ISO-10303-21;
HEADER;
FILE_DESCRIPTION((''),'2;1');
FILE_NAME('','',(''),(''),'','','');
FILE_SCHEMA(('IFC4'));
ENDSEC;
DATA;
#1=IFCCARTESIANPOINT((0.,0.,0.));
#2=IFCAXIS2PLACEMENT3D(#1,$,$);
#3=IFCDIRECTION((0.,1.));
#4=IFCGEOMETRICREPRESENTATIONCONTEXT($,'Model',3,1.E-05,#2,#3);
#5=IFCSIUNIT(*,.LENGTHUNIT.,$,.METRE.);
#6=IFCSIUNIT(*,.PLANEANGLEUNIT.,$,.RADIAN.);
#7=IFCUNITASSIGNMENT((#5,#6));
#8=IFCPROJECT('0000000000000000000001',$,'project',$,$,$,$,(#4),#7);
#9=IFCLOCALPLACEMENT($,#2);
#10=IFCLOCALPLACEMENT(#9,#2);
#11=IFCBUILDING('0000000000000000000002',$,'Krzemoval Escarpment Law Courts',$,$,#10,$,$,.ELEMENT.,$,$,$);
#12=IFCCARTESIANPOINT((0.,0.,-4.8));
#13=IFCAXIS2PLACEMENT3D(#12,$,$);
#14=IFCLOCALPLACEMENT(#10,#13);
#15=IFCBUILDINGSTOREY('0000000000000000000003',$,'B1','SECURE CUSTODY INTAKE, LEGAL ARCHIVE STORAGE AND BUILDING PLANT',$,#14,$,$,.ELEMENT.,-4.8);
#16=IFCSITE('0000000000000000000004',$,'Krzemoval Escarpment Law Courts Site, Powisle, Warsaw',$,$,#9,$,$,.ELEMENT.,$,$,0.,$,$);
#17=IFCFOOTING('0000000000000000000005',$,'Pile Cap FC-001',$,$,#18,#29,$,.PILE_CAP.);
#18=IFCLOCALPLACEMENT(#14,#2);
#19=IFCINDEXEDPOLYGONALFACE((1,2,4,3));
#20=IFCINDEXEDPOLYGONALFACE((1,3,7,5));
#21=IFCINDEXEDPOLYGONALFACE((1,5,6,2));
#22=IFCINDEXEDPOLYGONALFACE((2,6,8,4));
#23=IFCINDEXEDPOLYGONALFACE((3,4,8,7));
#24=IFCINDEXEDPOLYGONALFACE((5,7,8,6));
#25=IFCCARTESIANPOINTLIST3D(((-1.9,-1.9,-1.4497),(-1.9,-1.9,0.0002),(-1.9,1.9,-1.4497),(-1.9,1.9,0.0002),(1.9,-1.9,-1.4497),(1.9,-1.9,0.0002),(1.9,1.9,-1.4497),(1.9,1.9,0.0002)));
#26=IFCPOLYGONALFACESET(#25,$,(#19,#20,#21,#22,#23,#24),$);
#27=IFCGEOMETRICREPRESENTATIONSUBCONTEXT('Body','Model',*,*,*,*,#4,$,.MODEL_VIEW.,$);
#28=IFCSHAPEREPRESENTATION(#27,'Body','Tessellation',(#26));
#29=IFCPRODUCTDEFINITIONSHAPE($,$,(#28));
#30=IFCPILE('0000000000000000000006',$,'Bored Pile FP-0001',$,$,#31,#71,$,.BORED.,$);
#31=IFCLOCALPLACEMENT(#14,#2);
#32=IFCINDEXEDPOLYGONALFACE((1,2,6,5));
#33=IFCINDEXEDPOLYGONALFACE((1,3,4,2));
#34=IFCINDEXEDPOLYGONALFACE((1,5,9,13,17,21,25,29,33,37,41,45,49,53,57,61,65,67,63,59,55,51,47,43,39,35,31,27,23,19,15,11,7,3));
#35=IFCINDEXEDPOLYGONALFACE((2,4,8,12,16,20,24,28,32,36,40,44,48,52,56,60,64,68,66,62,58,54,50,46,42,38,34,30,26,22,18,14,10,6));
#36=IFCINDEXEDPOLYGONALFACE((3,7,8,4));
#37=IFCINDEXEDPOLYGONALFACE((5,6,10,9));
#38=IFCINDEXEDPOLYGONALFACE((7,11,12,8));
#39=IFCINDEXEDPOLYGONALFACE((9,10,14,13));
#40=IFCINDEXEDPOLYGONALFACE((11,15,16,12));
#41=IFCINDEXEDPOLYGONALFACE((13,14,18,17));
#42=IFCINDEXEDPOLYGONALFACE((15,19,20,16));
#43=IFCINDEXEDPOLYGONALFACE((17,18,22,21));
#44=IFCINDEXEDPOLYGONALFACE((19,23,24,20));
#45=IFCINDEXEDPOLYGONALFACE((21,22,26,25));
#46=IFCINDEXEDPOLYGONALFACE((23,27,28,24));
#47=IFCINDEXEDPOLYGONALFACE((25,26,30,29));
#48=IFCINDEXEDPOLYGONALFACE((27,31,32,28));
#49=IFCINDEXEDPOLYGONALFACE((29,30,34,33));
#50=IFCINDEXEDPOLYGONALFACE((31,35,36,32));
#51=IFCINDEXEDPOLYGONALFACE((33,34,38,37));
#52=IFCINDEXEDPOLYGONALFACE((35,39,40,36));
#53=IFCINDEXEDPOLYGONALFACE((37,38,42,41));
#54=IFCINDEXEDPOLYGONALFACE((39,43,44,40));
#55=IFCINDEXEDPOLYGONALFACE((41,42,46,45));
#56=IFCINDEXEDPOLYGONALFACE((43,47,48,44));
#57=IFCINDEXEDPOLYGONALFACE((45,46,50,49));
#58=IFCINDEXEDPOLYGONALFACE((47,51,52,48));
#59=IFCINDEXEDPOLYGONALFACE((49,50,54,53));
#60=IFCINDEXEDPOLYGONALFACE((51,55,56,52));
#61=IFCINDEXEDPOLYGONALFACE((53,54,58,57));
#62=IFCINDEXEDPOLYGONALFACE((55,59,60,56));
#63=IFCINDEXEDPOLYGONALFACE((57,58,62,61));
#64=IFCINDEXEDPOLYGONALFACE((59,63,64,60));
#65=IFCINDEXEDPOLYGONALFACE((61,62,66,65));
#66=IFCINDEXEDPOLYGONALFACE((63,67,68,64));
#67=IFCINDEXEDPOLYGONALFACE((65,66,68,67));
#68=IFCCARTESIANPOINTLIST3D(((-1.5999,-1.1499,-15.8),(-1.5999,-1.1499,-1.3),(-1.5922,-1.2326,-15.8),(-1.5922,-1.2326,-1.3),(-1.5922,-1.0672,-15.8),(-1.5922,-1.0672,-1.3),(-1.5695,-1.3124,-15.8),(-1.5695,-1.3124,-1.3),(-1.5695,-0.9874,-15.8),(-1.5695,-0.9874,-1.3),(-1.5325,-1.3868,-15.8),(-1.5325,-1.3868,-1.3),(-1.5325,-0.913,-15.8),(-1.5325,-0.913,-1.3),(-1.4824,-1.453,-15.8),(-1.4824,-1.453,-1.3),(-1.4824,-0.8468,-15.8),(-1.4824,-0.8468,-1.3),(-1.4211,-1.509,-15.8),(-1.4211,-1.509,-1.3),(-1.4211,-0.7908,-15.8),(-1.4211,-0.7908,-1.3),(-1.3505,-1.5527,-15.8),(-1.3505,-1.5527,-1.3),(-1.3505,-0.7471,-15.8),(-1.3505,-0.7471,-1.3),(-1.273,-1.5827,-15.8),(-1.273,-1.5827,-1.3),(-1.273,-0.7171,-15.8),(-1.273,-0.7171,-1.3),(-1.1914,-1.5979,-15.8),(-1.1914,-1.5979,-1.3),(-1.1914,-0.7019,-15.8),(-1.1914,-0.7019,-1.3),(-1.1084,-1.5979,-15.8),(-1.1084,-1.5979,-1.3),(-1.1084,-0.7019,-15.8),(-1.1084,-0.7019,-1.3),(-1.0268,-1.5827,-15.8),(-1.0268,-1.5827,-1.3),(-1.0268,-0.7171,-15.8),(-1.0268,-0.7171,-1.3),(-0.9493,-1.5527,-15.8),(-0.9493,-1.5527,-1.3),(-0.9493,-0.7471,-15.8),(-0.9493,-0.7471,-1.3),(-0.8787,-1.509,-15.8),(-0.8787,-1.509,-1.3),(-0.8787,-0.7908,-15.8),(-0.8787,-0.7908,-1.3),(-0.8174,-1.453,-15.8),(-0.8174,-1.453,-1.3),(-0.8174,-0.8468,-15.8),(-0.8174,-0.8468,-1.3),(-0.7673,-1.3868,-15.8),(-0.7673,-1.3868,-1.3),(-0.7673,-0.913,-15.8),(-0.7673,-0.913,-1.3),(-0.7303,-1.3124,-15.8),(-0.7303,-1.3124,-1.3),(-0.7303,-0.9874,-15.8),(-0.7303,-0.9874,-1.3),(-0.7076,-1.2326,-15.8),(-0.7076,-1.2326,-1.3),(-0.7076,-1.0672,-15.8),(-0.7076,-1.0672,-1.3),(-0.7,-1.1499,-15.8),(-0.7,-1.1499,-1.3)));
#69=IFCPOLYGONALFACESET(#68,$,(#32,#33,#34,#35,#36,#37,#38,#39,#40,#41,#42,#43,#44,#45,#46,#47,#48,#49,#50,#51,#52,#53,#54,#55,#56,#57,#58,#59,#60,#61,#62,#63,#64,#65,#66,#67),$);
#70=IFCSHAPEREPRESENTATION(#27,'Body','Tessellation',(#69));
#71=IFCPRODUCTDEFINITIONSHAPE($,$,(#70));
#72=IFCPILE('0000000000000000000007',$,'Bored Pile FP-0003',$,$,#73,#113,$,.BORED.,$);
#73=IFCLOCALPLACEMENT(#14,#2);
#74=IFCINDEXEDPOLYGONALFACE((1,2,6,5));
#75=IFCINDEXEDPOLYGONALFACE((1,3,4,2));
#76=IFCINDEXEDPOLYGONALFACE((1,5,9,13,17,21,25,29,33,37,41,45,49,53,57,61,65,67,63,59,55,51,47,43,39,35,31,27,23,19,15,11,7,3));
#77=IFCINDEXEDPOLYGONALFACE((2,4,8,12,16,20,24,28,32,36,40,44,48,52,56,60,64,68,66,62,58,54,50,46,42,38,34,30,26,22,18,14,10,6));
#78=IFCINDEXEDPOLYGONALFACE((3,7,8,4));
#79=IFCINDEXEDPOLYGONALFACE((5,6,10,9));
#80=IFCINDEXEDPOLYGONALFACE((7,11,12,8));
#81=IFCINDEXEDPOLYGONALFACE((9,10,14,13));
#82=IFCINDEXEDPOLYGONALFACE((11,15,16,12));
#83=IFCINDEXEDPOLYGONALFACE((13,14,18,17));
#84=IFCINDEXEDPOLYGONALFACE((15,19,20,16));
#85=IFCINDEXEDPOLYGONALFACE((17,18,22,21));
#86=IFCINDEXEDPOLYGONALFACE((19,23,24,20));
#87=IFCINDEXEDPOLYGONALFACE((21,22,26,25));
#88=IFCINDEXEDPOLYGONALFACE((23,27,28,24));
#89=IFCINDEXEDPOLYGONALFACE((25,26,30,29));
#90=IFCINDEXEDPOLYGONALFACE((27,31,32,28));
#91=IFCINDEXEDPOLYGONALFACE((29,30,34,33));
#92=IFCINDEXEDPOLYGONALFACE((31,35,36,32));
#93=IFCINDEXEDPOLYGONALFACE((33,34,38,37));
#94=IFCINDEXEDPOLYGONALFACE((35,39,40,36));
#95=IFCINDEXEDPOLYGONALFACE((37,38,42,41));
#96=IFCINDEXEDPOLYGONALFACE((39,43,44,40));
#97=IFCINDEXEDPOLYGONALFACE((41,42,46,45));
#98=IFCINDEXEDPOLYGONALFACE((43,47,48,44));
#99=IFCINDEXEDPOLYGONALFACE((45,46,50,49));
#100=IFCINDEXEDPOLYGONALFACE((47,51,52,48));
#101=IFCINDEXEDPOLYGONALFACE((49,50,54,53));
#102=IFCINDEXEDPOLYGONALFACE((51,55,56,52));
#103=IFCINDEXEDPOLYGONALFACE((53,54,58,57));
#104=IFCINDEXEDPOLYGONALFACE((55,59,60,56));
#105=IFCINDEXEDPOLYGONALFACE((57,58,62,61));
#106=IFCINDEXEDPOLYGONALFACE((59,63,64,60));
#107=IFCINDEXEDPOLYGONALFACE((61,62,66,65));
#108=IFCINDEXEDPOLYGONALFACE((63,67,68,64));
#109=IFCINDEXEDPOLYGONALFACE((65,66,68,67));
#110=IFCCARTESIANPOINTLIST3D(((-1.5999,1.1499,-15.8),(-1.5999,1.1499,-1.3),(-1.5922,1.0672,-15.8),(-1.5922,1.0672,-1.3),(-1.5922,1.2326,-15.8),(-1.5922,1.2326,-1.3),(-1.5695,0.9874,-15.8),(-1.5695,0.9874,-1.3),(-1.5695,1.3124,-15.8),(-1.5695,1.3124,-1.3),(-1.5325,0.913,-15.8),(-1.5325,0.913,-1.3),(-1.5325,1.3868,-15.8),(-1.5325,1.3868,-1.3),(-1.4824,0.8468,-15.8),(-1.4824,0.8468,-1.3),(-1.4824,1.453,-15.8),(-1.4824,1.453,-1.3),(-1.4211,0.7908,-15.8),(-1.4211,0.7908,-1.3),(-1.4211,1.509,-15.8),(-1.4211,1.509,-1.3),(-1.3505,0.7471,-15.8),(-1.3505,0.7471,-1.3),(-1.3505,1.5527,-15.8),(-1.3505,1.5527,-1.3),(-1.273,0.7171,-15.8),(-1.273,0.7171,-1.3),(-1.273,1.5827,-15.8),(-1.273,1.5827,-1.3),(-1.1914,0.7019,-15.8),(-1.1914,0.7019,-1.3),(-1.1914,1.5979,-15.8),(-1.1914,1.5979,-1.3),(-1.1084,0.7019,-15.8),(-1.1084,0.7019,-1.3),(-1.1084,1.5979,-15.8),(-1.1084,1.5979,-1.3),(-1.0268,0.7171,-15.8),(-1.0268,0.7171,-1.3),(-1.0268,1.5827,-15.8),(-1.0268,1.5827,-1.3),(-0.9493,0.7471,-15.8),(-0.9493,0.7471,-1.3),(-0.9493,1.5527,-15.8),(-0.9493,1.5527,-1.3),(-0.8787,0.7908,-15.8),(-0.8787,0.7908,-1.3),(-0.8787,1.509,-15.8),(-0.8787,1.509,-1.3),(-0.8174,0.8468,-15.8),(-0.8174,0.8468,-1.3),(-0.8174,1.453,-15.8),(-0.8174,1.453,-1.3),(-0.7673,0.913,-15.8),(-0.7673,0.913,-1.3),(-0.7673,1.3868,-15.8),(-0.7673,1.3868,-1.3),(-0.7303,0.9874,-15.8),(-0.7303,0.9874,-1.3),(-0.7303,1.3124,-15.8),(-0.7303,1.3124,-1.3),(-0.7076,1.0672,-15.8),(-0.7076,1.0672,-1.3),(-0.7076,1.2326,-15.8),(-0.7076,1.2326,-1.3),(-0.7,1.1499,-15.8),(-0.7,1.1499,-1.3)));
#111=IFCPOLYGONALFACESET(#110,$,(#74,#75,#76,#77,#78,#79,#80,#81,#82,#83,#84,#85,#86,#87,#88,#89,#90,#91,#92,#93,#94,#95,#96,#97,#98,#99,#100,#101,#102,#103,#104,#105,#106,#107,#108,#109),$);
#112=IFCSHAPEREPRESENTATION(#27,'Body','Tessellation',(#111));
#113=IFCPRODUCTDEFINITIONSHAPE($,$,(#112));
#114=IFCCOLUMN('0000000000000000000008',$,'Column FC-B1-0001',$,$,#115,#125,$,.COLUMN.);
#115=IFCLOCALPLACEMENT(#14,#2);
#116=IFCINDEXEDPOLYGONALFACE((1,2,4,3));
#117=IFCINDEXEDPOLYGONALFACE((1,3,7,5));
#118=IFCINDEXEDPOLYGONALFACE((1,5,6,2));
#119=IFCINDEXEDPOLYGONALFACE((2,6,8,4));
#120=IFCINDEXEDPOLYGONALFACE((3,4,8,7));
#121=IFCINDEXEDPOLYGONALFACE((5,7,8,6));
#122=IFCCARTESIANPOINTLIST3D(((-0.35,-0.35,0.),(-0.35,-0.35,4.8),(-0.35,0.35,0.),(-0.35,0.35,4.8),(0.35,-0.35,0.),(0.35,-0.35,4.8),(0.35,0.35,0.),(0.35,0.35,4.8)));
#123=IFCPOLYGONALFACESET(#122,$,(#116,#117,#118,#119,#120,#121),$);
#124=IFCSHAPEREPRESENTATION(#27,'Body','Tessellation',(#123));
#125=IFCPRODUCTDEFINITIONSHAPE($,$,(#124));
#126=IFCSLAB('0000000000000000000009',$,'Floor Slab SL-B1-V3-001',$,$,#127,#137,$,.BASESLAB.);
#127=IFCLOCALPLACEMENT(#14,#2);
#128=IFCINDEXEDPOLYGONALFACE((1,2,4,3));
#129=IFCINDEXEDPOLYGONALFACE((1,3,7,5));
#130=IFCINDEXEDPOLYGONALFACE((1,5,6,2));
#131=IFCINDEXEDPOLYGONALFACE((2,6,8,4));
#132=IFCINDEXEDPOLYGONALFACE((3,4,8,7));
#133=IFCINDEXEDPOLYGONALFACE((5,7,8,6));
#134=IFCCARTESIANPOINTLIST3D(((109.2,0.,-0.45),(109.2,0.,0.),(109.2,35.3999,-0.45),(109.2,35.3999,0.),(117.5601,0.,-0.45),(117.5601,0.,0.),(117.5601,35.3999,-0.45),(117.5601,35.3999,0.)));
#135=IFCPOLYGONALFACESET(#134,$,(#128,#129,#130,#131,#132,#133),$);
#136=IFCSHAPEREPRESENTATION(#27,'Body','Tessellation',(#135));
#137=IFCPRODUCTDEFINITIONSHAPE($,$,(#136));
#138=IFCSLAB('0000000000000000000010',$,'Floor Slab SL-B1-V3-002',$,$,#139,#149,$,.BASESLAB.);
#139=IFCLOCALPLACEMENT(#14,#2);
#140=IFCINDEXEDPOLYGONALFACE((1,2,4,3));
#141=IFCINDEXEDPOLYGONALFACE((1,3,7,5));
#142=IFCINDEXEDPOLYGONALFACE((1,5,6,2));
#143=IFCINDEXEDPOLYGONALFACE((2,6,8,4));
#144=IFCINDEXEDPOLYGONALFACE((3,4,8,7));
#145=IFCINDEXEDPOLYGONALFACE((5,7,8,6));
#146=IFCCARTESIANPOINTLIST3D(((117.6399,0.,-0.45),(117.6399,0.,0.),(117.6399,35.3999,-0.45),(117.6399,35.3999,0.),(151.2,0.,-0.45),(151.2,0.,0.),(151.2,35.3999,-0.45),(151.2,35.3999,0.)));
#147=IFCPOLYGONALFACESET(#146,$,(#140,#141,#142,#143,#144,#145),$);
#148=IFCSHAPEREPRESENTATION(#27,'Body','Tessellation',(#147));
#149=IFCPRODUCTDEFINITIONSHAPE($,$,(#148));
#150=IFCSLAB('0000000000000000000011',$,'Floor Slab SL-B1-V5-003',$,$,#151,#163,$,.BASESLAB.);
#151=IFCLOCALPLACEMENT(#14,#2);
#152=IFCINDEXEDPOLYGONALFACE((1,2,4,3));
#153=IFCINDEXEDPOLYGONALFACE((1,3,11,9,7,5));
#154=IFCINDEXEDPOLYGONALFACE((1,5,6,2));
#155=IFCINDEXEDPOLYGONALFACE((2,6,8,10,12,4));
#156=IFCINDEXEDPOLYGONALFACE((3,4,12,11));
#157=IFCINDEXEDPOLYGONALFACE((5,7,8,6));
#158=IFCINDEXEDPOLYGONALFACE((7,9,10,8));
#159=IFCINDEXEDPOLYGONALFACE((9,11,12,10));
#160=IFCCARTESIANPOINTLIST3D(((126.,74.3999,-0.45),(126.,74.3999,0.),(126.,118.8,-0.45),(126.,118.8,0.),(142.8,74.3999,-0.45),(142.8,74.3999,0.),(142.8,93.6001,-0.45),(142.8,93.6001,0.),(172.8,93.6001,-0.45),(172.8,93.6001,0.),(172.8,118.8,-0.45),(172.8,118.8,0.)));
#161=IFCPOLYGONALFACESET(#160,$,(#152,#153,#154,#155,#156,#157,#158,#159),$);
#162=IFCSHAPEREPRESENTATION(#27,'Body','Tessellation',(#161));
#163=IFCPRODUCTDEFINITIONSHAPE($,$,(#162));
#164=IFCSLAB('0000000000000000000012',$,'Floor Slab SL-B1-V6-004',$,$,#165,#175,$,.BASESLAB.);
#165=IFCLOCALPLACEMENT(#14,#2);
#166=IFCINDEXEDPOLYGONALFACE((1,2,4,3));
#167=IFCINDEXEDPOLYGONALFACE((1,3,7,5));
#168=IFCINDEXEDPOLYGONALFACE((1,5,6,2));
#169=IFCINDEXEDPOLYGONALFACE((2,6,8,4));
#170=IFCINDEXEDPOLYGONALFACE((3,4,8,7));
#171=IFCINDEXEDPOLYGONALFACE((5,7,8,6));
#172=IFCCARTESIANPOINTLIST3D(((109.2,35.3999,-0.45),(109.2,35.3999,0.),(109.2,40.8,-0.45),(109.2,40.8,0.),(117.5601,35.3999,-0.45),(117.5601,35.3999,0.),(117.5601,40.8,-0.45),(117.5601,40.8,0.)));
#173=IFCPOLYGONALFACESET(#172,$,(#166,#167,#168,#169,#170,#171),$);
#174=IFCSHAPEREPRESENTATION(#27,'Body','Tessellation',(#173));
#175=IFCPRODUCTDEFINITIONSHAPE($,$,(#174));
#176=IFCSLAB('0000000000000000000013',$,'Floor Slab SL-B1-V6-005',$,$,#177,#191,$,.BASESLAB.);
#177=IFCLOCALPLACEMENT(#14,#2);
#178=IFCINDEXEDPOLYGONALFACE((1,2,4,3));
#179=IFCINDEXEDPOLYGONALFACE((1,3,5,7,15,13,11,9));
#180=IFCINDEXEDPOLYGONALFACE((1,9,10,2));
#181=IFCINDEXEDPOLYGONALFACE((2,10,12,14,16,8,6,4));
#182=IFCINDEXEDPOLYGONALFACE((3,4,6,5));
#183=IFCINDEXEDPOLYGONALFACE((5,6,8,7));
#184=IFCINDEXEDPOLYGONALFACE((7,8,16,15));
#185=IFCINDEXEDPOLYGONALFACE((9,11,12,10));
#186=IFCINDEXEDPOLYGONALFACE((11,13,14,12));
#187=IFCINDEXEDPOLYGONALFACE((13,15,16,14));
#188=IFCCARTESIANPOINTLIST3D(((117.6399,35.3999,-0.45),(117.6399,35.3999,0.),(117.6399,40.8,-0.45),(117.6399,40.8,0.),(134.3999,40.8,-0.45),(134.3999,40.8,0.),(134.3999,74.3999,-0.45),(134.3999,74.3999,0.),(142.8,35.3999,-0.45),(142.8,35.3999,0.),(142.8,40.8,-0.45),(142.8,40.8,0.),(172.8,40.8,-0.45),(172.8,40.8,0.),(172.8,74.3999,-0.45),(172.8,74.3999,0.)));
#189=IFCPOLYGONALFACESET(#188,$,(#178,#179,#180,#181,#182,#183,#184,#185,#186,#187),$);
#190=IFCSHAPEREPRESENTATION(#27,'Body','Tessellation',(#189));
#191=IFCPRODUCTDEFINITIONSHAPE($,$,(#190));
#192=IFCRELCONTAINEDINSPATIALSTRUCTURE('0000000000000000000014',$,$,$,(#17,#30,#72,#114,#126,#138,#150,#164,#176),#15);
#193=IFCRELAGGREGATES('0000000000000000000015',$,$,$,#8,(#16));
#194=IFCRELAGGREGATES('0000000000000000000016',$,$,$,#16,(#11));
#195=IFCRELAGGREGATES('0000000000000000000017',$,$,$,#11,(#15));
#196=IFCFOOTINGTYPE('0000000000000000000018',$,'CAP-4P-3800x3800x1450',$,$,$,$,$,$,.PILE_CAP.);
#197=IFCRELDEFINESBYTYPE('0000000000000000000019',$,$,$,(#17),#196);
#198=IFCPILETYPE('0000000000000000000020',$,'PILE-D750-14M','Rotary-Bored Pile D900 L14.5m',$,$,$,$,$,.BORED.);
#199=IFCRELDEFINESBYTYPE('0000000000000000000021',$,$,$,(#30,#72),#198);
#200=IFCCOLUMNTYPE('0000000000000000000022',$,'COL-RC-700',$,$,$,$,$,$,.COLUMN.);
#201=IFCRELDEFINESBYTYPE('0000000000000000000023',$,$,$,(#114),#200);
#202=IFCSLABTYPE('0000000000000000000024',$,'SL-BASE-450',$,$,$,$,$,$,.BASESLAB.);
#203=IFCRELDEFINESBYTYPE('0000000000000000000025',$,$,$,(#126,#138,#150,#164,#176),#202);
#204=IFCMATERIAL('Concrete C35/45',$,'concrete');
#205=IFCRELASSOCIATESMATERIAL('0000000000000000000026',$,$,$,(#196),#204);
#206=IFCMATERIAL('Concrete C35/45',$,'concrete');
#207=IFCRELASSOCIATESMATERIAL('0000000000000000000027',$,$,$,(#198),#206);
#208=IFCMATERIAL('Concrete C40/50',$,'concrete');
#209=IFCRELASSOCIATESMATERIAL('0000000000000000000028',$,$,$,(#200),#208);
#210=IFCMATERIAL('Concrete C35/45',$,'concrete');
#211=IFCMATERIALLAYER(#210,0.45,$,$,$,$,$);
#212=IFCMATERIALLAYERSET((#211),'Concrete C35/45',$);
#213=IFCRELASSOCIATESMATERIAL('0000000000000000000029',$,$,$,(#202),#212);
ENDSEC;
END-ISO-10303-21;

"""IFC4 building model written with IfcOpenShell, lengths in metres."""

from ifc_helpers import new_model, si_unit, direction, frame, origin, origin_with_axes, origin_2d, place, context, subcontext, project, spatial, polyline, rectangle, circle, outline, extrude, material, layer, layer_set, material_profile, profile_set, type_object, element, save


model = new_model("IFC4")

# Units and contexts
model_context = context("Model", 3, precision=1e-05, world=origin(), true_north=direction((0.0, 1.0)))
body_context = subcontext(model_context, "Body", "Model", "MODEL_VIEW")
ifc_project = project(units=[si_unit("LENGTHUNIT", "METRE"), si_unit("PLANEANGLEUNIT", "RADIAN")], contexts=[model_context])

# Site, building, storey
site_placement = place(None, origin())
site = spatial("IfcSite", under=ifc_project, at=site_placement, Name="Krzemoval Escarpment Law Courts Site, Powisle, Warsaw", CompositionType="ELEMENT", RefElevation=0.0)
building_placement = place(site_placement, origin())
building = spatial("IfcBuilding", under=site, at=building_placement, Name="Krzemoval Escarpment Law Courts", CompositionType="ELEMENT")
storey_placement = place(building_placement, frame((0.0, 0.0, -4.8)))
storey = spatial("IfcBuildingStorey", under=building, at=storey_placement, Name="B1", Description="SECURE CUSTODY INTAKE, LEGAL ARCHIVE STORAGE AND BUILDING PLANT", CompositionType="ELEMENT", Elevation=-4.8)

# Footing
ifc_material_1 = material(Name="Concrete C35/45", Category="concrete")
footing_type = type_object("IfcFootingType", Name="CAP-4P-3800x3800x1450", PredefinedType="PILE_CAP", material=ifc_material_1)
footing_placement = place(storey_placement, frame((0.0, 0.0, -1.4497), z_axis=(0.0, 0.0, 1.0), x_axis=(1.0, 0.0, 0.0)))
element("IfcFooting", 1, at=footing_placement, inside=storey, type_object=footing_type, Name="Pile Cap FC-001", PredefinedType="PILE_CAP", context=body_context, shape_type="SweptSolid", body=[
    extrude(rectangle(XDim=3.8, YDim=3.8, at=origin_2d()), origin(), (0.0, 0.0, 1.0), 1.45),
])

# Piles
ifc_material_2 = material(Name="Concrete C35/45", Category="concrete")
ifc_material_profile_1 = material_profile(ifc_material_2, circle(Radius=0.45, at=origin_2d()), Name="PILE D900")
ifc_profile_set_1 = profile_set([ifc_material_profile_1], Name="Concrete C35/45")
pile_type = type_object("IfcPileType", Name="PILE-D750-14M", Description="Rotary-Bored Pile D900 L14.5m", PredefinedType="BORED", material=ifc_profile_set_1)
for number, where, z_axis, x_axis, name in (
    (2, (-1.1499, -1.1499, -1.3), (0.0, 0.0, -1.0), (1.0, 0.0, 0.0), "Bored Pile FP-0001"),
    (3, (-1.1499, 1.1499, -1.3), (0.0, 0.0, -1.0), (1.0, 0.0, 0.0), "Bored Pile FP-0003"),
):
    element("IfcPile", number, at=place(storey_placement, frame(where, z_axis=z_axis, x_axis=x_axis)), inside=storey, type_object=pile_type, Name=name, PredefinedType="BORED", context=body_context, shape_type="SweptSolid", body=[
        extrude(circle(Radius=0.45, at=origin_2d()), origin(), (0.0, 0.0, 1.0), 14.5),
    ])

# Column
ifc_material_3 = material(Name="Concrete C40/50", Category="concrete")
ifc_material_profile_2 = material_profile(ifc_material_3, rectangle(XDim=0.7, YDim=0.7, at=origin_2d()), Name="RC 700x700")
ifc_profile_set_2 = profile_set([ifc_material_profile_2], Name="Concrete C40/50")
column_type = type_object("IfcColumnType", Name="COL-RC-700", PredefinedType="COLUMN", material=ifc_profile_set_2)
column_placement = place(storey_placement, origin_with_axes())
element("IfcColumn", 4, at=column_placement, inside=storey, type_object=column_type, Name="Column FC-B1-0001", PredefinedType="COLUMN", context=body_context, shape_type="SweptSolid", body=[
    extrude(rectangle(XDim=0.7, YDim=0.7, at=origin_2d()), origin(), (0.0, 0.0, 1.0), 4.8),
])

# Slabs
ifc_material_4 = material(Name="Concrete C35/45", Category="concrete")
ifc_layer_1 = layer(ifc_material_4, 0.45)
ifc_layer_set_1 = layer_set([ifc_layer_1], Name="Concrete C35/45")
slab_type_1 = type_object("IfcSlabType", Name="SL-BASE-450", PredefinedType="BASESLAB", material=ifc_layer_set_1)
slab_1_placement = place(storey_placement, frame((0.0, 0.0, -0.45)))
element("IfcSlab", 5, at=slab_1_placement, inside=storey, type_object=slab_type_1, Name="Floor Slab SL-B1-V3-001", PredefinedType="BASESLAB", context=body_context, shape_type="SweptSolid", body=[
    extrude(outline(polyline([(109.2, 0.0), (109.2, 35.3999), (117.5601, 35.3999), (117.5601, 0.0), (109.2, 0.0)])), origin(), (0.0, 0.0, 1.0), 0.45),
])
slab_2_placement = place(storey_placement, frame((0.0, 0.0, -0.45)))
element("IfcSlab", 6, at=slab_2_placement, inside=storey, type_object=slab_type_1, Name="Floor Slab SL-B1-V3-002", PredefinedType="BASESLAB", context=body_context, shape_type="SweptSolid", body=[
    extrude(outline(polyline([(151.2, 35.3999), (151.2, 0.0), (117.6399, 0.0), (117.6399, 35.3999), (151.2, 35.3999)])), origin(), (0.0, 0.0, 1.0), 0.45),
])
slab_3_placement = place(storey_placement, frame((0.0, 0.0, -0.45)))
element("IfcSlab", 7, at=slab_3_placement, inside=storey, type_object=slab_type_1, Name="Floor Slab SL-B1-V5-003", PredefinedType="BASESLAB", context=body_context, shape_type="SweptSolid", body=[
    extrude(outline(polyline([(126.0, 74.3999), (126.0, 118.8), (172.8, 118.8), (172.8, 93.6001), (142.8, 93.6001), (142.8, 74.3999), (126.0, 74.3999)])), origin(), (0.0, 0.0, 1.0), 0.45),
])
slab_4_placement = place(storey_placement, frame((0.0, 0.0, -0.45)))
element("IfcSlab", 8, at=slab_4_placement, inside=storey, type_object=slab_type_1, Name="Floor Slab SL-B1-V6-004", PredefinedType="BASESLAB", context=body_context, shape_type="SweptSolid", body=[
    extrude(outline(polyline([(109.2, 35.3999), (109.2, 40.8), (117.5601, 40.8), (117.5601, 35.3999), (109.2, 35.3999)])), origin(), (0.0, 0.0, 1.0), 0.45),
])
slab_5_placement = place(storey_placement, frame((0.0, 0.0, -0.45)))
element("IfcSlab", 9, at=slab_5_placement, inside=storey, type_object=slab_type_1, Name="Floor Slab SL-B1-V6-005", PredefinedType="BASESLAB", context=body_context, shape_type="SweptSolid", body=[
    extrude(outline(polyline([(117.6399, 35.3999), (117.6399, 40.8), (134.3999, 40.8), (134.3999, 74.3999), (172.8, 74.3999), (172.8, 40.8), (142.8, 40.8), (142.8, 35.3999), (117.6399, 35.3999)])), origin(), (0.0, 0.0, 1.0), 0.45),
])

save(model, "model.ifc")
